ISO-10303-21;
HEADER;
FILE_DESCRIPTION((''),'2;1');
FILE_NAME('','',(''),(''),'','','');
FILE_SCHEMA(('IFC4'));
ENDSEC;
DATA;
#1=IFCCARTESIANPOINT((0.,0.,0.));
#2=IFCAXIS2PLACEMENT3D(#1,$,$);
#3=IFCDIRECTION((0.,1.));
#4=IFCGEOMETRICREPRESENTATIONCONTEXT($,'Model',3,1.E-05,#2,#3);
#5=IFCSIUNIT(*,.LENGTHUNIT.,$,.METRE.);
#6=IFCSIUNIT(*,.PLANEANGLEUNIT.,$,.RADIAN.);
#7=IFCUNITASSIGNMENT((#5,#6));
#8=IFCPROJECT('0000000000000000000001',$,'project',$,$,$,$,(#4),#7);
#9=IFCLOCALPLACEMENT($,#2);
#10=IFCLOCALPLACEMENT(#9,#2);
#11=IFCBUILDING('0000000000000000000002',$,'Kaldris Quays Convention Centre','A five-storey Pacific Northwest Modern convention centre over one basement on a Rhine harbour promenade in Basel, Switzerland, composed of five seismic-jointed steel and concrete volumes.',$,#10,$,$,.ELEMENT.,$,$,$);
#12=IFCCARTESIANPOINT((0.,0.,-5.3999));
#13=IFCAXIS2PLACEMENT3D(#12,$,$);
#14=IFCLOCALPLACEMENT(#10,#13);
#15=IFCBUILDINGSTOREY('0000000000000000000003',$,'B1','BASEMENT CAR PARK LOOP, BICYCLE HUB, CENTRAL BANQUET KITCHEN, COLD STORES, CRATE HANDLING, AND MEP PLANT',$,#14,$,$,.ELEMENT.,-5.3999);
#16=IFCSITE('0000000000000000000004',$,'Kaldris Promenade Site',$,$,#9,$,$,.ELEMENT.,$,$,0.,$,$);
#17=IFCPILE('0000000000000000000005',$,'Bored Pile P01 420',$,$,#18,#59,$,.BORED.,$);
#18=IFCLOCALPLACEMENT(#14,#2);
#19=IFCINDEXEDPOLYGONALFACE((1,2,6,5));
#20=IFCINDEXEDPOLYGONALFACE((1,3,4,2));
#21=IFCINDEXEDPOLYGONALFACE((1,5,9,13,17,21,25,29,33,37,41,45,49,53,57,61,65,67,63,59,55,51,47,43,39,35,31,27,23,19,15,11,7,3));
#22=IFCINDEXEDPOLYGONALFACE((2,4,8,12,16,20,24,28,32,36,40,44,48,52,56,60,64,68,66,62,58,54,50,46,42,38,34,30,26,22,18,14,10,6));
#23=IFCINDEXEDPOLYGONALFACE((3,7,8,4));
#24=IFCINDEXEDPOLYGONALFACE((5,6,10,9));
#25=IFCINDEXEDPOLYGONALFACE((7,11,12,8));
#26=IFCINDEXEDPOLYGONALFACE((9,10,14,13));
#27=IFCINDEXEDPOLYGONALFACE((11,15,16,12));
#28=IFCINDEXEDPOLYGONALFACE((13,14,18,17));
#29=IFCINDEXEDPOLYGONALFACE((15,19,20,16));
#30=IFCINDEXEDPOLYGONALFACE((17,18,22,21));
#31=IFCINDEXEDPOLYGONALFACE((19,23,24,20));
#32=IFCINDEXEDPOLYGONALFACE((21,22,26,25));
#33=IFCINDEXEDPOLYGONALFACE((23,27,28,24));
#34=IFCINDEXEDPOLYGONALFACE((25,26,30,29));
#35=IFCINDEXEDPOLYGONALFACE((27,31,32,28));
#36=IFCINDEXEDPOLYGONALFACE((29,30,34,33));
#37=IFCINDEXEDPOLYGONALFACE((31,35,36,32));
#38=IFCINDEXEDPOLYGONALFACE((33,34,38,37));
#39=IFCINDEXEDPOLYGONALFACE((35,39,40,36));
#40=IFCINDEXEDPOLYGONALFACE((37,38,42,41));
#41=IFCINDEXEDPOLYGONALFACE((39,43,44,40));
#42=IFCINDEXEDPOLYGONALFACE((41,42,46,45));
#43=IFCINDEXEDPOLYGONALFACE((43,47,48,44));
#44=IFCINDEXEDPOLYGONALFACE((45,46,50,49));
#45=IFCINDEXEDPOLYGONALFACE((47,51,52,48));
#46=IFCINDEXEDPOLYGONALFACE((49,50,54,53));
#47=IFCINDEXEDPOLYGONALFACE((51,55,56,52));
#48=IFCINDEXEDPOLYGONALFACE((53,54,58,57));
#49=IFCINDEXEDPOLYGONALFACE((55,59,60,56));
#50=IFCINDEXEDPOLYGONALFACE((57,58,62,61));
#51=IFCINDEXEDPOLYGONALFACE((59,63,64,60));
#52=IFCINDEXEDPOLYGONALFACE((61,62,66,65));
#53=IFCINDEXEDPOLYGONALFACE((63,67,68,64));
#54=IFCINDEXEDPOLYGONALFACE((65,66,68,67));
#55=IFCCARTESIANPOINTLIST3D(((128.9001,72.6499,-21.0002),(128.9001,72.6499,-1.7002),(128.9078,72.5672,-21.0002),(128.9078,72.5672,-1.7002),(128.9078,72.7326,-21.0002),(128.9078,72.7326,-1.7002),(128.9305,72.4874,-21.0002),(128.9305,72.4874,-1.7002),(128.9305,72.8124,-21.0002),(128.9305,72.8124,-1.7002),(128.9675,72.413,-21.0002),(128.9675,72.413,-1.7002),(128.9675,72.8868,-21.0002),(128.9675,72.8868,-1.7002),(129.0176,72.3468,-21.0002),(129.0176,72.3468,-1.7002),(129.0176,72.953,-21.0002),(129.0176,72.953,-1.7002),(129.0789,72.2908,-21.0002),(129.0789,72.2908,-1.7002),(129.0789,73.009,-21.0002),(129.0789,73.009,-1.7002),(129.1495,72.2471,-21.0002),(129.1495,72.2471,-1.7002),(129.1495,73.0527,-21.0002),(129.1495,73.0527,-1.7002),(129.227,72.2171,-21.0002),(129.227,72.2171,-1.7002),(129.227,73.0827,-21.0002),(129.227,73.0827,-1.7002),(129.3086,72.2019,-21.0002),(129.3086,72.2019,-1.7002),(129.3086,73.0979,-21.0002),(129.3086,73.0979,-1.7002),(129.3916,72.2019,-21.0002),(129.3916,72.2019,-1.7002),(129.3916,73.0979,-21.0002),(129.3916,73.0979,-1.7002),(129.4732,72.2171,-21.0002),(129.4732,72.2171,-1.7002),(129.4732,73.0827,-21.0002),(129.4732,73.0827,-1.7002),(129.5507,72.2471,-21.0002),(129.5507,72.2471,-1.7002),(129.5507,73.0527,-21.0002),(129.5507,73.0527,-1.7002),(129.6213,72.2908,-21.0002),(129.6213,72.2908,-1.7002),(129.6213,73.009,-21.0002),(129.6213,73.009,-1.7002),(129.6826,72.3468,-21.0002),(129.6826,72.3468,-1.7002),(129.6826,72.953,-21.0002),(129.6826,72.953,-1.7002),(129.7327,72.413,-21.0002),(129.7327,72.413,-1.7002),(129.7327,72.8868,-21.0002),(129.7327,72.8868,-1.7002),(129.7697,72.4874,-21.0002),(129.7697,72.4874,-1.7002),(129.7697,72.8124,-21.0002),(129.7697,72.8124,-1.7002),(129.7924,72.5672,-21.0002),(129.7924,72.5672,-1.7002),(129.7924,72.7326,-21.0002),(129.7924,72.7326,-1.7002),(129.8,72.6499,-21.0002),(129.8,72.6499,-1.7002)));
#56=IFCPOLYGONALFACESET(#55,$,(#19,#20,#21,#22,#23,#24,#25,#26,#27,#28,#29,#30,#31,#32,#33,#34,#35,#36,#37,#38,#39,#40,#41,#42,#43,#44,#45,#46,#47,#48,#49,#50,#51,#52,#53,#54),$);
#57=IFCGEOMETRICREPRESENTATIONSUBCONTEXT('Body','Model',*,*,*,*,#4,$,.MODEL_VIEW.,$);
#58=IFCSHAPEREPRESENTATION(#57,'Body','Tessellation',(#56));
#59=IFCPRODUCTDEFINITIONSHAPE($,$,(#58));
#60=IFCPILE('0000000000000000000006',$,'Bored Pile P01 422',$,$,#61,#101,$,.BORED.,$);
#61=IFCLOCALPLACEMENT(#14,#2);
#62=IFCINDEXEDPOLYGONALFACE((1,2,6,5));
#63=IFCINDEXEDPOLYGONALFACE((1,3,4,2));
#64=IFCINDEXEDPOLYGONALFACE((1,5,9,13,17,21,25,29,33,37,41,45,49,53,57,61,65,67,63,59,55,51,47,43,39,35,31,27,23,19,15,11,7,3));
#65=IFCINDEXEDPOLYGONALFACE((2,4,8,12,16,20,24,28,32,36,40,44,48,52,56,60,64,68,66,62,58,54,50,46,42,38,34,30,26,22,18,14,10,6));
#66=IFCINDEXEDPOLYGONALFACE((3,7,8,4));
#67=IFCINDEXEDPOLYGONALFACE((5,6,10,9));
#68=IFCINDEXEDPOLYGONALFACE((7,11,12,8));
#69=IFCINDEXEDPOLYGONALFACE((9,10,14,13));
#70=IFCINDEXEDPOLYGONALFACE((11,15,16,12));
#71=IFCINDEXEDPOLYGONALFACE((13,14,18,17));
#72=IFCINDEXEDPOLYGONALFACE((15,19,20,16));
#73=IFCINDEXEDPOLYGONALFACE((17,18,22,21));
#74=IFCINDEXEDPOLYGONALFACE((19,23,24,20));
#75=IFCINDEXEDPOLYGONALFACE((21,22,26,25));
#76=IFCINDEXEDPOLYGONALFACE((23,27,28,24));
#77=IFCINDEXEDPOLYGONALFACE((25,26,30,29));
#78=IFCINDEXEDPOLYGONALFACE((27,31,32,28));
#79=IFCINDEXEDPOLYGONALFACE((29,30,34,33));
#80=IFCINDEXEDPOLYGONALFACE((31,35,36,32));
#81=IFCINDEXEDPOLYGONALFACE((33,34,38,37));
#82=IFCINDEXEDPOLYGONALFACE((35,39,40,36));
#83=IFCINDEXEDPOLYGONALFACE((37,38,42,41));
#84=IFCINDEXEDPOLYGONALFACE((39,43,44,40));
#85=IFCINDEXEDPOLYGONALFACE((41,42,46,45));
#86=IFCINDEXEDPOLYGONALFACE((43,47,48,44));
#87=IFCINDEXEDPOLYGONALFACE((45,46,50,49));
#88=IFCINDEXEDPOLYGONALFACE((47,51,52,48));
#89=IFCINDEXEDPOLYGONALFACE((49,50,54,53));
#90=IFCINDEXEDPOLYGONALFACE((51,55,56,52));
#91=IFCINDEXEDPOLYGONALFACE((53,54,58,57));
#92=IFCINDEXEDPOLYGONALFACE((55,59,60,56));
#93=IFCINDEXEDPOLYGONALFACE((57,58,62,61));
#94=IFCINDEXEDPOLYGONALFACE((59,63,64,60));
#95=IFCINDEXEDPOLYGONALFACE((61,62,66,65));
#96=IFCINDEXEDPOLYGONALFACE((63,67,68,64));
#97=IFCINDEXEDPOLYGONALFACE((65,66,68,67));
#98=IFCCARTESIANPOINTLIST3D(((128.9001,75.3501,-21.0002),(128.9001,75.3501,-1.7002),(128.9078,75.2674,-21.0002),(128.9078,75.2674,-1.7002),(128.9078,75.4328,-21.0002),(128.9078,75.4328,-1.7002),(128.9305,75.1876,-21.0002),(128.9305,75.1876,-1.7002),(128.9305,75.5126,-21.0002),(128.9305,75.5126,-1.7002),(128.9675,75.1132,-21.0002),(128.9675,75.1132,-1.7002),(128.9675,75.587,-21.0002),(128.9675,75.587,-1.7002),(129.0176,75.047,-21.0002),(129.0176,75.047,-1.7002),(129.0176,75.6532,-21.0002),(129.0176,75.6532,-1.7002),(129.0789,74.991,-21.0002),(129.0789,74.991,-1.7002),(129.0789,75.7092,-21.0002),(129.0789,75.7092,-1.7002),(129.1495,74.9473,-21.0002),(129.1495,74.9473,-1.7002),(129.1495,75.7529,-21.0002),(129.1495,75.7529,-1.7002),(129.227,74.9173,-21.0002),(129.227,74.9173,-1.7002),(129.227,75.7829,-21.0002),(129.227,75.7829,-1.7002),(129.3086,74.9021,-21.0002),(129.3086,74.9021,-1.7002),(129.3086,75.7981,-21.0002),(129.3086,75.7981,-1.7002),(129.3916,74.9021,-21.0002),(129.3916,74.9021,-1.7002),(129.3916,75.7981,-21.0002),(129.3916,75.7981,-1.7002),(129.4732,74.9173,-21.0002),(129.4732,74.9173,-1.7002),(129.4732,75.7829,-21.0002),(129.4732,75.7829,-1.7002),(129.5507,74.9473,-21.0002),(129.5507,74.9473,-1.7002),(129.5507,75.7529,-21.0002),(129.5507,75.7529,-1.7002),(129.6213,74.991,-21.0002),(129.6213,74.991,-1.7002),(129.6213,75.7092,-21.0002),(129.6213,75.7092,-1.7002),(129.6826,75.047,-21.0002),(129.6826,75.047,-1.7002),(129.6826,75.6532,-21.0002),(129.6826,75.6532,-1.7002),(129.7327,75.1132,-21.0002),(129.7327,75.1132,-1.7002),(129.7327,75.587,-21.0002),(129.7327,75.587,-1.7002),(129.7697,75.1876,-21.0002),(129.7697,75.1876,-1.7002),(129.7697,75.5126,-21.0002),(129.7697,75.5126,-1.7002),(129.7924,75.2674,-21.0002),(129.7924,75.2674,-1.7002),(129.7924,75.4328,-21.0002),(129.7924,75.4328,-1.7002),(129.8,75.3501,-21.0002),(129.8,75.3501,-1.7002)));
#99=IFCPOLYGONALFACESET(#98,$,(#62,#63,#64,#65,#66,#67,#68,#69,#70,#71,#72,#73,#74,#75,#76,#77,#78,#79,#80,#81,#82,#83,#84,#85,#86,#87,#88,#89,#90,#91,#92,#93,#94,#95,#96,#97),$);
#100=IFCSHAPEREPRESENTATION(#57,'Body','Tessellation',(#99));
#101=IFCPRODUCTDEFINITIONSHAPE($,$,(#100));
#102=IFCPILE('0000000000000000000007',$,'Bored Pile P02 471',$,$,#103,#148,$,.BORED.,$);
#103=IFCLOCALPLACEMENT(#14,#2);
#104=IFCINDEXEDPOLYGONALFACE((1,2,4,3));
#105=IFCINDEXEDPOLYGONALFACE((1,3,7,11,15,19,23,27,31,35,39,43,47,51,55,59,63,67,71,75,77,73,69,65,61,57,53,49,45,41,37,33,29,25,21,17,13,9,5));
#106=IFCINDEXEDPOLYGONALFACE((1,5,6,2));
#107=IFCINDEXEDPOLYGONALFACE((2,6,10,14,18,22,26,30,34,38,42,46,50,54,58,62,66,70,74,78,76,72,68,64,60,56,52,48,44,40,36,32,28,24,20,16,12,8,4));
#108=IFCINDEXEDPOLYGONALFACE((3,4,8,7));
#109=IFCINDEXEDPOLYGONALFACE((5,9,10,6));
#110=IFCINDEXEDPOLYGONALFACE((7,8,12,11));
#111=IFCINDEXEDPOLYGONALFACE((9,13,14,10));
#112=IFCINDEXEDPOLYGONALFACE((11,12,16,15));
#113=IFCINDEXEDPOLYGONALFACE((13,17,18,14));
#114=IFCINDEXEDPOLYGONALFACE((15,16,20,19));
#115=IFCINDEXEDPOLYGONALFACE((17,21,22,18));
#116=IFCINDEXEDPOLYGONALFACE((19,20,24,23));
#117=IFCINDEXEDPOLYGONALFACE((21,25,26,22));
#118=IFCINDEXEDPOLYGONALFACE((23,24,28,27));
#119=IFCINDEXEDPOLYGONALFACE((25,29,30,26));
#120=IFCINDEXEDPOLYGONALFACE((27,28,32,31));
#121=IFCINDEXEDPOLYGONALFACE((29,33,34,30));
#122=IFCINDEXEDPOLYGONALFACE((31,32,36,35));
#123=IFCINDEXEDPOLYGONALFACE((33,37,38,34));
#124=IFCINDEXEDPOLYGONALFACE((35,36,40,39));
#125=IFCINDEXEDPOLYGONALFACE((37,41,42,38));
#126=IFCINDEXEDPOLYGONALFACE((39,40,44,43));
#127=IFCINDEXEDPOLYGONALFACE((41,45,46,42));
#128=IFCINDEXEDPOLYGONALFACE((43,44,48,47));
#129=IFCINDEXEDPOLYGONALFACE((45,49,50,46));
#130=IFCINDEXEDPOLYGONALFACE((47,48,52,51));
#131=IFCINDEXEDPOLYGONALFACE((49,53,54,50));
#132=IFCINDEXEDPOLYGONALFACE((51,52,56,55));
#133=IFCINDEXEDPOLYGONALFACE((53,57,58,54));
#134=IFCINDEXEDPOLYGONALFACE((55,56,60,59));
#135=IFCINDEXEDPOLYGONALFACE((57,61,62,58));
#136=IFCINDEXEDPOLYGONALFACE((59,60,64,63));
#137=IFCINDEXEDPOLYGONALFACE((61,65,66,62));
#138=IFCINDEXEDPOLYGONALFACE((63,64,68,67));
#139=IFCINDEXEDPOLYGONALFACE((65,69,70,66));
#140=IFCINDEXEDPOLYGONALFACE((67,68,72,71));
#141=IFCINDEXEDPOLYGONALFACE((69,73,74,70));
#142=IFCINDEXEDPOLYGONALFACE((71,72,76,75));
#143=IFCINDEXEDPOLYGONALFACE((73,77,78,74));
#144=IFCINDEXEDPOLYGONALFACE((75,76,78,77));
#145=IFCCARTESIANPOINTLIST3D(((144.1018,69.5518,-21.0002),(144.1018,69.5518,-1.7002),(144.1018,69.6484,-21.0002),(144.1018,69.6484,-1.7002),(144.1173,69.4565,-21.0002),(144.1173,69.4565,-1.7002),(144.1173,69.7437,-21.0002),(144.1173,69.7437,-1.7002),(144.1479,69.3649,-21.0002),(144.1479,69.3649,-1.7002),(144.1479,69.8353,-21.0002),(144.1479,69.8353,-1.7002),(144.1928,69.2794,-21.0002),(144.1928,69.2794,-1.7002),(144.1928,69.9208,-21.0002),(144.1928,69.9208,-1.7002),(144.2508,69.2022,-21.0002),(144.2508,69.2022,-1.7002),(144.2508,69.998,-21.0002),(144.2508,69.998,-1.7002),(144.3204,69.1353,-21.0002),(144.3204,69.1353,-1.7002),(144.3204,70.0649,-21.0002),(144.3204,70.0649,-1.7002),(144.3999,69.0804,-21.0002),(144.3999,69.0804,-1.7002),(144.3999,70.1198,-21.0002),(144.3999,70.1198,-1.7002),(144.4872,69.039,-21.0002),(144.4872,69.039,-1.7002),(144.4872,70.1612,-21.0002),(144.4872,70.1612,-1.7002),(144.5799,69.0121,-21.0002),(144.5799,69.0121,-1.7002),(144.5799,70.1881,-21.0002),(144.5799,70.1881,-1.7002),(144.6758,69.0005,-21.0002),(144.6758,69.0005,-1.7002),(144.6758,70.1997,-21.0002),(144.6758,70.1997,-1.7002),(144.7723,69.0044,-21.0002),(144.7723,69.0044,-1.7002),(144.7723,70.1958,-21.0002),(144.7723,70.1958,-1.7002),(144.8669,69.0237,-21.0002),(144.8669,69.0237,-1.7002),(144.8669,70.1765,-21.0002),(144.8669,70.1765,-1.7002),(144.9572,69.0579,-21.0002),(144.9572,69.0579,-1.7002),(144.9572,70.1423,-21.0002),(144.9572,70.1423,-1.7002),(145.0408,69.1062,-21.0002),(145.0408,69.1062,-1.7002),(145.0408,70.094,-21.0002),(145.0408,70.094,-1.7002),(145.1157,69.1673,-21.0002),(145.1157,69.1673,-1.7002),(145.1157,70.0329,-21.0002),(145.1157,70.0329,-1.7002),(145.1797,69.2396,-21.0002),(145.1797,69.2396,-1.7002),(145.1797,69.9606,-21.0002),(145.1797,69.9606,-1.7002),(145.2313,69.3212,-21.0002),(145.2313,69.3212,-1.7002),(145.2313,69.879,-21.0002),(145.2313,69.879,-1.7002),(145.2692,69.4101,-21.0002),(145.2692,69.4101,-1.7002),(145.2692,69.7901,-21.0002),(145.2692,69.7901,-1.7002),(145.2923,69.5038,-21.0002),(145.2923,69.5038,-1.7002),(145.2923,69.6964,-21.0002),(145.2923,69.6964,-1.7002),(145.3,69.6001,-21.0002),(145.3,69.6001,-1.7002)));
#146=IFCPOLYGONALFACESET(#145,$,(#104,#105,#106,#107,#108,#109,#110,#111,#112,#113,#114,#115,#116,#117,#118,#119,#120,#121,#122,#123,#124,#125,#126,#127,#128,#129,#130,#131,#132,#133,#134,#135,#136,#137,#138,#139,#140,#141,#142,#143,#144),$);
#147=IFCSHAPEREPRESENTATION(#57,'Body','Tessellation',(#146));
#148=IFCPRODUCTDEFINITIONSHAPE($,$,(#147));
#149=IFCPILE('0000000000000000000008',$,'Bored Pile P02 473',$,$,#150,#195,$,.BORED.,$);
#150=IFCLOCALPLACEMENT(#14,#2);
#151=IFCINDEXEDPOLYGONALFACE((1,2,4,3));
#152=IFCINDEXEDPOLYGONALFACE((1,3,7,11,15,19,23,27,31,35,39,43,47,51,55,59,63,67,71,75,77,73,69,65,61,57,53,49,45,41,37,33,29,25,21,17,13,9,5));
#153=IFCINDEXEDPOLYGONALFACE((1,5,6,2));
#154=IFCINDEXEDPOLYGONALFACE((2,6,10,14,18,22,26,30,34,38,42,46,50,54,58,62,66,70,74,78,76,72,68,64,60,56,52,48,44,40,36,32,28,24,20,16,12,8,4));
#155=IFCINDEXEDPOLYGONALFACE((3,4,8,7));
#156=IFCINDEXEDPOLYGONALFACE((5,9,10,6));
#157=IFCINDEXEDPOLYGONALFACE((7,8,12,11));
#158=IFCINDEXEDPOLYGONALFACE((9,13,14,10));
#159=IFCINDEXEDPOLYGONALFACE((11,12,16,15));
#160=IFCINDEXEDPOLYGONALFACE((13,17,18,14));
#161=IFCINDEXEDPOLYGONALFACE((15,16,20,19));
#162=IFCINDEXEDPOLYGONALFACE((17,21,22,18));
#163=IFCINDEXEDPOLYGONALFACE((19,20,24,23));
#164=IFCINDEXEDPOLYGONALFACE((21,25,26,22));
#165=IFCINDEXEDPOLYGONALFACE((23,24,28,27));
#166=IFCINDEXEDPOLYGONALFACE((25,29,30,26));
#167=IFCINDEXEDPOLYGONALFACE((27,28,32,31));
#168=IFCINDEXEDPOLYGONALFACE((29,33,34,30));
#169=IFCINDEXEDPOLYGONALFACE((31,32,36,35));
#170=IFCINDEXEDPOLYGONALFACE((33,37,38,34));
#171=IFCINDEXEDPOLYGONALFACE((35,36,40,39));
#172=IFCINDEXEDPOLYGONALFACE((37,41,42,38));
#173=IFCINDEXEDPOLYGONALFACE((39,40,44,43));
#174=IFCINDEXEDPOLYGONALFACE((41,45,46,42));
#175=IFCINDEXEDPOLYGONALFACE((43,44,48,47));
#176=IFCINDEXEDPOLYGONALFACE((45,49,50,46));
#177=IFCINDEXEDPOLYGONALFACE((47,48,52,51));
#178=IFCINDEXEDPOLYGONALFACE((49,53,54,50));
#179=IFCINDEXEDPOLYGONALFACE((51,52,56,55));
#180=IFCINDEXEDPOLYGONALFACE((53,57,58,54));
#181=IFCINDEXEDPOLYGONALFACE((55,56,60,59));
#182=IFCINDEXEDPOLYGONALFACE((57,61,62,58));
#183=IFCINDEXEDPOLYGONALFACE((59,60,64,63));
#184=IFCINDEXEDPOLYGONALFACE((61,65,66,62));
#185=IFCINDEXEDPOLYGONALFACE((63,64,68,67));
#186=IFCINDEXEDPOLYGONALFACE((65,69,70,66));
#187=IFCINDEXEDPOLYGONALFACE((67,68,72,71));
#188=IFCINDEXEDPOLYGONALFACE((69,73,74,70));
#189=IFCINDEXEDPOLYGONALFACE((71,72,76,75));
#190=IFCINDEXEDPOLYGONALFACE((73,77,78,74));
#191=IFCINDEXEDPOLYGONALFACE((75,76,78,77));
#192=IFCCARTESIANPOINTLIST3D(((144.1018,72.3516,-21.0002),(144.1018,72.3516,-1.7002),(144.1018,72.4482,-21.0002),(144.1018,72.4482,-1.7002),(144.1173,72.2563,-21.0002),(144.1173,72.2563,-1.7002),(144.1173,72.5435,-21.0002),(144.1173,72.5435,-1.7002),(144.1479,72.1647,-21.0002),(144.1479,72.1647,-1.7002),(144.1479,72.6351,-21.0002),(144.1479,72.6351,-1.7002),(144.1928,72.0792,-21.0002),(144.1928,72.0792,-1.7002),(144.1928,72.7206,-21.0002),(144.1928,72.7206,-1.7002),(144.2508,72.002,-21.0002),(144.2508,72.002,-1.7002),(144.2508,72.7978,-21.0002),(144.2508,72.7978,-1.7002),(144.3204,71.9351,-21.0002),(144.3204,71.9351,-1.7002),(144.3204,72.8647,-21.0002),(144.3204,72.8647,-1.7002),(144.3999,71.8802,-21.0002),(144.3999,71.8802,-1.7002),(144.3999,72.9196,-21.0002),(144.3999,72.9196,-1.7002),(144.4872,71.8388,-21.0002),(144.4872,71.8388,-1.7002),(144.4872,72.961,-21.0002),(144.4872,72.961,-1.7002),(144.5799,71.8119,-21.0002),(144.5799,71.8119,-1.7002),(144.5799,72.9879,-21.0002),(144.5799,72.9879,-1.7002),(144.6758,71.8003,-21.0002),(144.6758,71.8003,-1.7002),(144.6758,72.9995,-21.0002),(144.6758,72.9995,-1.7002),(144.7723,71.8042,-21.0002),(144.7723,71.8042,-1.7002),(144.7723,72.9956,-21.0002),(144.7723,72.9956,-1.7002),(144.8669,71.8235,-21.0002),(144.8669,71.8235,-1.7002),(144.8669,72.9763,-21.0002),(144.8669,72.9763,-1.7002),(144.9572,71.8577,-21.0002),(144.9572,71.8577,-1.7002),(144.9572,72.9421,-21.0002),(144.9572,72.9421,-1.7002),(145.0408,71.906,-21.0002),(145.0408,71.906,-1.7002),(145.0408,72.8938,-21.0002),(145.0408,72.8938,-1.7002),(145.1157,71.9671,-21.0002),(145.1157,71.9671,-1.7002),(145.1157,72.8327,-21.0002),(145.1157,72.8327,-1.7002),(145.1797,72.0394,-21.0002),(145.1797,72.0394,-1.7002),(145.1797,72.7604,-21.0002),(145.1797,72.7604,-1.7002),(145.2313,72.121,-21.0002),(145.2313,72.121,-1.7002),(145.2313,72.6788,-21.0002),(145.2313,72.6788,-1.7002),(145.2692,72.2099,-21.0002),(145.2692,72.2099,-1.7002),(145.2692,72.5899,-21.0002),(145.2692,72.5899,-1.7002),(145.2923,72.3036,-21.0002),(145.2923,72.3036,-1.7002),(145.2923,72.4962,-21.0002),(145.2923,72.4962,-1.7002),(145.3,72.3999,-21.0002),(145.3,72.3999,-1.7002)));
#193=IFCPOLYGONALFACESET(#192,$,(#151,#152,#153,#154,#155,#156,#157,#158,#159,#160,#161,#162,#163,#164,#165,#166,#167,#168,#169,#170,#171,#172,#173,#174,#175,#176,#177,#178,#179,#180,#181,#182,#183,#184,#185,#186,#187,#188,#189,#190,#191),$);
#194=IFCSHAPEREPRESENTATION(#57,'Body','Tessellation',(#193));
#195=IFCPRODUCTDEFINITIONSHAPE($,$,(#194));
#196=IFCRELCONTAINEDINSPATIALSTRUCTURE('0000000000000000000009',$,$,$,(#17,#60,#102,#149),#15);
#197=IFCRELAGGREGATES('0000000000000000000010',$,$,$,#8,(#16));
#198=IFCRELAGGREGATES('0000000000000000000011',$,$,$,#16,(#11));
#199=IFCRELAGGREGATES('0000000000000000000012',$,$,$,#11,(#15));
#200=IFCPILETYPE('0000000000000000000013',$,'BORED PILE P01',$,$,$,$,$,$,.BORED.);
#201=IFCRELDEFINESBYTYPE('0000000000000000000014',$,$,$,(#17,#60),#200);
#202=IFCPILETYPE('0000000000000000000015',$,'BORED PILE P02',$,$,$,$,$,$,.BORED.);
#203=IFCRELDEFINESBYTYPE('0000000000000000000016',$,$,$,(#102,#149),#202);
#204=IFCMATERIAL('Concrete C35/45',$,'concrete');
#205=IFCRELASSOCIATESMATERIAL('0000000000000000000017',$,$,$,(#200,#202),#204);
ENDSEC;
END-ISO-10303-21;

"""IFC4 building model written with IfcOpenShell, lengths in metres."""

from ifc_helpers import new_model, si_unit, direction, frame, origin, origin_2d, place, context, subcontext, project, spatial, circle, extrude, material, material_profile, profile_set, type_object, element, save


model = new_model("IFC4")

# Units and contexts
model_context = context("Model", 3, precision=1e-05, world=origin(), true_north=direction((0.0, 1.0)))
body_context = subcontext(model_context, "Body", "Model", "MODEL_VIEW")
ifc_project = project(units=[si_unit("LENGTHUNIT", "METRE"), si_unit("PLANEANGLEUNIT", "RADIAN")], contexts=[model_context])

# Site, building, storey
site_placement = place(None, origin())
site = spatial("IfcSite", under=ifc_project, at=site_placement, Name="Kaldris Promenade Site", CompositionType="ELEMENT", RefElevation=0.0)
building_placement = place(site_placement, origin())
building = spatial("IfcBuilding", under=site, at=building_placement, Name="Kaldris Quays Convention Centre", Description="A five-storey Pacific Northwest Modern convention centre over one basement on a Rhine harbour promenade in Basel, Switzerland, composed of five seismic-jointed steel and concrete volumes.", CompositionType="ELEMENT")
storey_placement = place(building_placement, frame((0.0, 0.0, -5.3999)))
storey = spatial("IfcBuildingStorey", under=building, at=storey_placement, Name="B1", Description="BASEMENT CAR PARK LOOP, BICYCLE HUB, CENTRAL BANQUET KITCHEN, COLD STORES, CRATE HANDLING, AND MEP PLANT", CompositionType="ELEMENT", Elevation=-5.3999)

# Piles
ifc_material_1 = material(Name="Concrete C35/45", Category="concrete")
ifc_material_profile_1 = material_profile(ifc_material_1, circle(Radius=0.45, at=origin_2d()), Name="BORED PILE D900")
ifc_profile_set_1 = profile_set([ifc_material_profile_1], Name="Concrete C35/45")
pile_type_1 = type_object("IfcPileType", Name="BORED PILE P01", PredefinedType="BORED", material=ifc_profile_set_1)
for number, where, z_axis, x_axis, name in (
    (1, (129.3501, 72.6499, -1.7002), (0.0, 0.0, -1.0), (1.0, 0.0, 0.0), "Bored Pile P01 420"),
    (2, (129.3501, 75.3501, -1.7002), (0.0, 0.0, -1.0), (1.0, 0.0, 0.0), "Bored Pile P01 422"),
):
    element("IfcPile", number, at=place(storey_placement, frame(where, z_axis=z_axis, x_axis=x_axis)), inside=storey, type_object=pile_type_1, Name=name, PredefinedType="BORED", context=body_context, shape_type="SweptSolid", body=[
        extrude(circle(Radius=0.45, at=origin_2d()), origin(), (0.0, 0.0, 1.0), 19.3),
    ])
ifc_material_profile_2 = material_profile(ifc_material_1, circle(Radius=0.6001, at=origin_2d()), Name="BORED PILE D1200")
ifc_profile_set_2 = profile_set([ifc_material_profile_2], Name="Concrete C35/45")
pile_type_2 = type_object("IfcPileType", Name="BORED PILE P02", PredefinedType="BORED", material=ifc_profile_set_2)
for number, where, z_axis, x_axis, name in (
    (3, (144.7, 69.6001, -1.7002), (0.0, 0.0, -1.0), (1.0, 0.0, 0.0), "Bored Pile P02 471"),
    (4, (144.7, 72.3999, -1.7002), (0.0, 0.0, -1.0), (1.0, 0.0, 0.0), "Bored Pile P02 473"),
):
    element("IfcPile", number, at=place(storey_placement, frame(where, z_axis=z_axis, x_axis=x_axis)), inside=storey, type_object=pile_type_2, Name=name, PredefinedType="BORED", context=body_context, shape_type="SweptSolid", body=[
        extrude(circle(Radius=0.6001, at=origin_2d()), origin(), (0.0, 0.0, 1.0), 19.3),
    ])

save(model, "model.ifc")
